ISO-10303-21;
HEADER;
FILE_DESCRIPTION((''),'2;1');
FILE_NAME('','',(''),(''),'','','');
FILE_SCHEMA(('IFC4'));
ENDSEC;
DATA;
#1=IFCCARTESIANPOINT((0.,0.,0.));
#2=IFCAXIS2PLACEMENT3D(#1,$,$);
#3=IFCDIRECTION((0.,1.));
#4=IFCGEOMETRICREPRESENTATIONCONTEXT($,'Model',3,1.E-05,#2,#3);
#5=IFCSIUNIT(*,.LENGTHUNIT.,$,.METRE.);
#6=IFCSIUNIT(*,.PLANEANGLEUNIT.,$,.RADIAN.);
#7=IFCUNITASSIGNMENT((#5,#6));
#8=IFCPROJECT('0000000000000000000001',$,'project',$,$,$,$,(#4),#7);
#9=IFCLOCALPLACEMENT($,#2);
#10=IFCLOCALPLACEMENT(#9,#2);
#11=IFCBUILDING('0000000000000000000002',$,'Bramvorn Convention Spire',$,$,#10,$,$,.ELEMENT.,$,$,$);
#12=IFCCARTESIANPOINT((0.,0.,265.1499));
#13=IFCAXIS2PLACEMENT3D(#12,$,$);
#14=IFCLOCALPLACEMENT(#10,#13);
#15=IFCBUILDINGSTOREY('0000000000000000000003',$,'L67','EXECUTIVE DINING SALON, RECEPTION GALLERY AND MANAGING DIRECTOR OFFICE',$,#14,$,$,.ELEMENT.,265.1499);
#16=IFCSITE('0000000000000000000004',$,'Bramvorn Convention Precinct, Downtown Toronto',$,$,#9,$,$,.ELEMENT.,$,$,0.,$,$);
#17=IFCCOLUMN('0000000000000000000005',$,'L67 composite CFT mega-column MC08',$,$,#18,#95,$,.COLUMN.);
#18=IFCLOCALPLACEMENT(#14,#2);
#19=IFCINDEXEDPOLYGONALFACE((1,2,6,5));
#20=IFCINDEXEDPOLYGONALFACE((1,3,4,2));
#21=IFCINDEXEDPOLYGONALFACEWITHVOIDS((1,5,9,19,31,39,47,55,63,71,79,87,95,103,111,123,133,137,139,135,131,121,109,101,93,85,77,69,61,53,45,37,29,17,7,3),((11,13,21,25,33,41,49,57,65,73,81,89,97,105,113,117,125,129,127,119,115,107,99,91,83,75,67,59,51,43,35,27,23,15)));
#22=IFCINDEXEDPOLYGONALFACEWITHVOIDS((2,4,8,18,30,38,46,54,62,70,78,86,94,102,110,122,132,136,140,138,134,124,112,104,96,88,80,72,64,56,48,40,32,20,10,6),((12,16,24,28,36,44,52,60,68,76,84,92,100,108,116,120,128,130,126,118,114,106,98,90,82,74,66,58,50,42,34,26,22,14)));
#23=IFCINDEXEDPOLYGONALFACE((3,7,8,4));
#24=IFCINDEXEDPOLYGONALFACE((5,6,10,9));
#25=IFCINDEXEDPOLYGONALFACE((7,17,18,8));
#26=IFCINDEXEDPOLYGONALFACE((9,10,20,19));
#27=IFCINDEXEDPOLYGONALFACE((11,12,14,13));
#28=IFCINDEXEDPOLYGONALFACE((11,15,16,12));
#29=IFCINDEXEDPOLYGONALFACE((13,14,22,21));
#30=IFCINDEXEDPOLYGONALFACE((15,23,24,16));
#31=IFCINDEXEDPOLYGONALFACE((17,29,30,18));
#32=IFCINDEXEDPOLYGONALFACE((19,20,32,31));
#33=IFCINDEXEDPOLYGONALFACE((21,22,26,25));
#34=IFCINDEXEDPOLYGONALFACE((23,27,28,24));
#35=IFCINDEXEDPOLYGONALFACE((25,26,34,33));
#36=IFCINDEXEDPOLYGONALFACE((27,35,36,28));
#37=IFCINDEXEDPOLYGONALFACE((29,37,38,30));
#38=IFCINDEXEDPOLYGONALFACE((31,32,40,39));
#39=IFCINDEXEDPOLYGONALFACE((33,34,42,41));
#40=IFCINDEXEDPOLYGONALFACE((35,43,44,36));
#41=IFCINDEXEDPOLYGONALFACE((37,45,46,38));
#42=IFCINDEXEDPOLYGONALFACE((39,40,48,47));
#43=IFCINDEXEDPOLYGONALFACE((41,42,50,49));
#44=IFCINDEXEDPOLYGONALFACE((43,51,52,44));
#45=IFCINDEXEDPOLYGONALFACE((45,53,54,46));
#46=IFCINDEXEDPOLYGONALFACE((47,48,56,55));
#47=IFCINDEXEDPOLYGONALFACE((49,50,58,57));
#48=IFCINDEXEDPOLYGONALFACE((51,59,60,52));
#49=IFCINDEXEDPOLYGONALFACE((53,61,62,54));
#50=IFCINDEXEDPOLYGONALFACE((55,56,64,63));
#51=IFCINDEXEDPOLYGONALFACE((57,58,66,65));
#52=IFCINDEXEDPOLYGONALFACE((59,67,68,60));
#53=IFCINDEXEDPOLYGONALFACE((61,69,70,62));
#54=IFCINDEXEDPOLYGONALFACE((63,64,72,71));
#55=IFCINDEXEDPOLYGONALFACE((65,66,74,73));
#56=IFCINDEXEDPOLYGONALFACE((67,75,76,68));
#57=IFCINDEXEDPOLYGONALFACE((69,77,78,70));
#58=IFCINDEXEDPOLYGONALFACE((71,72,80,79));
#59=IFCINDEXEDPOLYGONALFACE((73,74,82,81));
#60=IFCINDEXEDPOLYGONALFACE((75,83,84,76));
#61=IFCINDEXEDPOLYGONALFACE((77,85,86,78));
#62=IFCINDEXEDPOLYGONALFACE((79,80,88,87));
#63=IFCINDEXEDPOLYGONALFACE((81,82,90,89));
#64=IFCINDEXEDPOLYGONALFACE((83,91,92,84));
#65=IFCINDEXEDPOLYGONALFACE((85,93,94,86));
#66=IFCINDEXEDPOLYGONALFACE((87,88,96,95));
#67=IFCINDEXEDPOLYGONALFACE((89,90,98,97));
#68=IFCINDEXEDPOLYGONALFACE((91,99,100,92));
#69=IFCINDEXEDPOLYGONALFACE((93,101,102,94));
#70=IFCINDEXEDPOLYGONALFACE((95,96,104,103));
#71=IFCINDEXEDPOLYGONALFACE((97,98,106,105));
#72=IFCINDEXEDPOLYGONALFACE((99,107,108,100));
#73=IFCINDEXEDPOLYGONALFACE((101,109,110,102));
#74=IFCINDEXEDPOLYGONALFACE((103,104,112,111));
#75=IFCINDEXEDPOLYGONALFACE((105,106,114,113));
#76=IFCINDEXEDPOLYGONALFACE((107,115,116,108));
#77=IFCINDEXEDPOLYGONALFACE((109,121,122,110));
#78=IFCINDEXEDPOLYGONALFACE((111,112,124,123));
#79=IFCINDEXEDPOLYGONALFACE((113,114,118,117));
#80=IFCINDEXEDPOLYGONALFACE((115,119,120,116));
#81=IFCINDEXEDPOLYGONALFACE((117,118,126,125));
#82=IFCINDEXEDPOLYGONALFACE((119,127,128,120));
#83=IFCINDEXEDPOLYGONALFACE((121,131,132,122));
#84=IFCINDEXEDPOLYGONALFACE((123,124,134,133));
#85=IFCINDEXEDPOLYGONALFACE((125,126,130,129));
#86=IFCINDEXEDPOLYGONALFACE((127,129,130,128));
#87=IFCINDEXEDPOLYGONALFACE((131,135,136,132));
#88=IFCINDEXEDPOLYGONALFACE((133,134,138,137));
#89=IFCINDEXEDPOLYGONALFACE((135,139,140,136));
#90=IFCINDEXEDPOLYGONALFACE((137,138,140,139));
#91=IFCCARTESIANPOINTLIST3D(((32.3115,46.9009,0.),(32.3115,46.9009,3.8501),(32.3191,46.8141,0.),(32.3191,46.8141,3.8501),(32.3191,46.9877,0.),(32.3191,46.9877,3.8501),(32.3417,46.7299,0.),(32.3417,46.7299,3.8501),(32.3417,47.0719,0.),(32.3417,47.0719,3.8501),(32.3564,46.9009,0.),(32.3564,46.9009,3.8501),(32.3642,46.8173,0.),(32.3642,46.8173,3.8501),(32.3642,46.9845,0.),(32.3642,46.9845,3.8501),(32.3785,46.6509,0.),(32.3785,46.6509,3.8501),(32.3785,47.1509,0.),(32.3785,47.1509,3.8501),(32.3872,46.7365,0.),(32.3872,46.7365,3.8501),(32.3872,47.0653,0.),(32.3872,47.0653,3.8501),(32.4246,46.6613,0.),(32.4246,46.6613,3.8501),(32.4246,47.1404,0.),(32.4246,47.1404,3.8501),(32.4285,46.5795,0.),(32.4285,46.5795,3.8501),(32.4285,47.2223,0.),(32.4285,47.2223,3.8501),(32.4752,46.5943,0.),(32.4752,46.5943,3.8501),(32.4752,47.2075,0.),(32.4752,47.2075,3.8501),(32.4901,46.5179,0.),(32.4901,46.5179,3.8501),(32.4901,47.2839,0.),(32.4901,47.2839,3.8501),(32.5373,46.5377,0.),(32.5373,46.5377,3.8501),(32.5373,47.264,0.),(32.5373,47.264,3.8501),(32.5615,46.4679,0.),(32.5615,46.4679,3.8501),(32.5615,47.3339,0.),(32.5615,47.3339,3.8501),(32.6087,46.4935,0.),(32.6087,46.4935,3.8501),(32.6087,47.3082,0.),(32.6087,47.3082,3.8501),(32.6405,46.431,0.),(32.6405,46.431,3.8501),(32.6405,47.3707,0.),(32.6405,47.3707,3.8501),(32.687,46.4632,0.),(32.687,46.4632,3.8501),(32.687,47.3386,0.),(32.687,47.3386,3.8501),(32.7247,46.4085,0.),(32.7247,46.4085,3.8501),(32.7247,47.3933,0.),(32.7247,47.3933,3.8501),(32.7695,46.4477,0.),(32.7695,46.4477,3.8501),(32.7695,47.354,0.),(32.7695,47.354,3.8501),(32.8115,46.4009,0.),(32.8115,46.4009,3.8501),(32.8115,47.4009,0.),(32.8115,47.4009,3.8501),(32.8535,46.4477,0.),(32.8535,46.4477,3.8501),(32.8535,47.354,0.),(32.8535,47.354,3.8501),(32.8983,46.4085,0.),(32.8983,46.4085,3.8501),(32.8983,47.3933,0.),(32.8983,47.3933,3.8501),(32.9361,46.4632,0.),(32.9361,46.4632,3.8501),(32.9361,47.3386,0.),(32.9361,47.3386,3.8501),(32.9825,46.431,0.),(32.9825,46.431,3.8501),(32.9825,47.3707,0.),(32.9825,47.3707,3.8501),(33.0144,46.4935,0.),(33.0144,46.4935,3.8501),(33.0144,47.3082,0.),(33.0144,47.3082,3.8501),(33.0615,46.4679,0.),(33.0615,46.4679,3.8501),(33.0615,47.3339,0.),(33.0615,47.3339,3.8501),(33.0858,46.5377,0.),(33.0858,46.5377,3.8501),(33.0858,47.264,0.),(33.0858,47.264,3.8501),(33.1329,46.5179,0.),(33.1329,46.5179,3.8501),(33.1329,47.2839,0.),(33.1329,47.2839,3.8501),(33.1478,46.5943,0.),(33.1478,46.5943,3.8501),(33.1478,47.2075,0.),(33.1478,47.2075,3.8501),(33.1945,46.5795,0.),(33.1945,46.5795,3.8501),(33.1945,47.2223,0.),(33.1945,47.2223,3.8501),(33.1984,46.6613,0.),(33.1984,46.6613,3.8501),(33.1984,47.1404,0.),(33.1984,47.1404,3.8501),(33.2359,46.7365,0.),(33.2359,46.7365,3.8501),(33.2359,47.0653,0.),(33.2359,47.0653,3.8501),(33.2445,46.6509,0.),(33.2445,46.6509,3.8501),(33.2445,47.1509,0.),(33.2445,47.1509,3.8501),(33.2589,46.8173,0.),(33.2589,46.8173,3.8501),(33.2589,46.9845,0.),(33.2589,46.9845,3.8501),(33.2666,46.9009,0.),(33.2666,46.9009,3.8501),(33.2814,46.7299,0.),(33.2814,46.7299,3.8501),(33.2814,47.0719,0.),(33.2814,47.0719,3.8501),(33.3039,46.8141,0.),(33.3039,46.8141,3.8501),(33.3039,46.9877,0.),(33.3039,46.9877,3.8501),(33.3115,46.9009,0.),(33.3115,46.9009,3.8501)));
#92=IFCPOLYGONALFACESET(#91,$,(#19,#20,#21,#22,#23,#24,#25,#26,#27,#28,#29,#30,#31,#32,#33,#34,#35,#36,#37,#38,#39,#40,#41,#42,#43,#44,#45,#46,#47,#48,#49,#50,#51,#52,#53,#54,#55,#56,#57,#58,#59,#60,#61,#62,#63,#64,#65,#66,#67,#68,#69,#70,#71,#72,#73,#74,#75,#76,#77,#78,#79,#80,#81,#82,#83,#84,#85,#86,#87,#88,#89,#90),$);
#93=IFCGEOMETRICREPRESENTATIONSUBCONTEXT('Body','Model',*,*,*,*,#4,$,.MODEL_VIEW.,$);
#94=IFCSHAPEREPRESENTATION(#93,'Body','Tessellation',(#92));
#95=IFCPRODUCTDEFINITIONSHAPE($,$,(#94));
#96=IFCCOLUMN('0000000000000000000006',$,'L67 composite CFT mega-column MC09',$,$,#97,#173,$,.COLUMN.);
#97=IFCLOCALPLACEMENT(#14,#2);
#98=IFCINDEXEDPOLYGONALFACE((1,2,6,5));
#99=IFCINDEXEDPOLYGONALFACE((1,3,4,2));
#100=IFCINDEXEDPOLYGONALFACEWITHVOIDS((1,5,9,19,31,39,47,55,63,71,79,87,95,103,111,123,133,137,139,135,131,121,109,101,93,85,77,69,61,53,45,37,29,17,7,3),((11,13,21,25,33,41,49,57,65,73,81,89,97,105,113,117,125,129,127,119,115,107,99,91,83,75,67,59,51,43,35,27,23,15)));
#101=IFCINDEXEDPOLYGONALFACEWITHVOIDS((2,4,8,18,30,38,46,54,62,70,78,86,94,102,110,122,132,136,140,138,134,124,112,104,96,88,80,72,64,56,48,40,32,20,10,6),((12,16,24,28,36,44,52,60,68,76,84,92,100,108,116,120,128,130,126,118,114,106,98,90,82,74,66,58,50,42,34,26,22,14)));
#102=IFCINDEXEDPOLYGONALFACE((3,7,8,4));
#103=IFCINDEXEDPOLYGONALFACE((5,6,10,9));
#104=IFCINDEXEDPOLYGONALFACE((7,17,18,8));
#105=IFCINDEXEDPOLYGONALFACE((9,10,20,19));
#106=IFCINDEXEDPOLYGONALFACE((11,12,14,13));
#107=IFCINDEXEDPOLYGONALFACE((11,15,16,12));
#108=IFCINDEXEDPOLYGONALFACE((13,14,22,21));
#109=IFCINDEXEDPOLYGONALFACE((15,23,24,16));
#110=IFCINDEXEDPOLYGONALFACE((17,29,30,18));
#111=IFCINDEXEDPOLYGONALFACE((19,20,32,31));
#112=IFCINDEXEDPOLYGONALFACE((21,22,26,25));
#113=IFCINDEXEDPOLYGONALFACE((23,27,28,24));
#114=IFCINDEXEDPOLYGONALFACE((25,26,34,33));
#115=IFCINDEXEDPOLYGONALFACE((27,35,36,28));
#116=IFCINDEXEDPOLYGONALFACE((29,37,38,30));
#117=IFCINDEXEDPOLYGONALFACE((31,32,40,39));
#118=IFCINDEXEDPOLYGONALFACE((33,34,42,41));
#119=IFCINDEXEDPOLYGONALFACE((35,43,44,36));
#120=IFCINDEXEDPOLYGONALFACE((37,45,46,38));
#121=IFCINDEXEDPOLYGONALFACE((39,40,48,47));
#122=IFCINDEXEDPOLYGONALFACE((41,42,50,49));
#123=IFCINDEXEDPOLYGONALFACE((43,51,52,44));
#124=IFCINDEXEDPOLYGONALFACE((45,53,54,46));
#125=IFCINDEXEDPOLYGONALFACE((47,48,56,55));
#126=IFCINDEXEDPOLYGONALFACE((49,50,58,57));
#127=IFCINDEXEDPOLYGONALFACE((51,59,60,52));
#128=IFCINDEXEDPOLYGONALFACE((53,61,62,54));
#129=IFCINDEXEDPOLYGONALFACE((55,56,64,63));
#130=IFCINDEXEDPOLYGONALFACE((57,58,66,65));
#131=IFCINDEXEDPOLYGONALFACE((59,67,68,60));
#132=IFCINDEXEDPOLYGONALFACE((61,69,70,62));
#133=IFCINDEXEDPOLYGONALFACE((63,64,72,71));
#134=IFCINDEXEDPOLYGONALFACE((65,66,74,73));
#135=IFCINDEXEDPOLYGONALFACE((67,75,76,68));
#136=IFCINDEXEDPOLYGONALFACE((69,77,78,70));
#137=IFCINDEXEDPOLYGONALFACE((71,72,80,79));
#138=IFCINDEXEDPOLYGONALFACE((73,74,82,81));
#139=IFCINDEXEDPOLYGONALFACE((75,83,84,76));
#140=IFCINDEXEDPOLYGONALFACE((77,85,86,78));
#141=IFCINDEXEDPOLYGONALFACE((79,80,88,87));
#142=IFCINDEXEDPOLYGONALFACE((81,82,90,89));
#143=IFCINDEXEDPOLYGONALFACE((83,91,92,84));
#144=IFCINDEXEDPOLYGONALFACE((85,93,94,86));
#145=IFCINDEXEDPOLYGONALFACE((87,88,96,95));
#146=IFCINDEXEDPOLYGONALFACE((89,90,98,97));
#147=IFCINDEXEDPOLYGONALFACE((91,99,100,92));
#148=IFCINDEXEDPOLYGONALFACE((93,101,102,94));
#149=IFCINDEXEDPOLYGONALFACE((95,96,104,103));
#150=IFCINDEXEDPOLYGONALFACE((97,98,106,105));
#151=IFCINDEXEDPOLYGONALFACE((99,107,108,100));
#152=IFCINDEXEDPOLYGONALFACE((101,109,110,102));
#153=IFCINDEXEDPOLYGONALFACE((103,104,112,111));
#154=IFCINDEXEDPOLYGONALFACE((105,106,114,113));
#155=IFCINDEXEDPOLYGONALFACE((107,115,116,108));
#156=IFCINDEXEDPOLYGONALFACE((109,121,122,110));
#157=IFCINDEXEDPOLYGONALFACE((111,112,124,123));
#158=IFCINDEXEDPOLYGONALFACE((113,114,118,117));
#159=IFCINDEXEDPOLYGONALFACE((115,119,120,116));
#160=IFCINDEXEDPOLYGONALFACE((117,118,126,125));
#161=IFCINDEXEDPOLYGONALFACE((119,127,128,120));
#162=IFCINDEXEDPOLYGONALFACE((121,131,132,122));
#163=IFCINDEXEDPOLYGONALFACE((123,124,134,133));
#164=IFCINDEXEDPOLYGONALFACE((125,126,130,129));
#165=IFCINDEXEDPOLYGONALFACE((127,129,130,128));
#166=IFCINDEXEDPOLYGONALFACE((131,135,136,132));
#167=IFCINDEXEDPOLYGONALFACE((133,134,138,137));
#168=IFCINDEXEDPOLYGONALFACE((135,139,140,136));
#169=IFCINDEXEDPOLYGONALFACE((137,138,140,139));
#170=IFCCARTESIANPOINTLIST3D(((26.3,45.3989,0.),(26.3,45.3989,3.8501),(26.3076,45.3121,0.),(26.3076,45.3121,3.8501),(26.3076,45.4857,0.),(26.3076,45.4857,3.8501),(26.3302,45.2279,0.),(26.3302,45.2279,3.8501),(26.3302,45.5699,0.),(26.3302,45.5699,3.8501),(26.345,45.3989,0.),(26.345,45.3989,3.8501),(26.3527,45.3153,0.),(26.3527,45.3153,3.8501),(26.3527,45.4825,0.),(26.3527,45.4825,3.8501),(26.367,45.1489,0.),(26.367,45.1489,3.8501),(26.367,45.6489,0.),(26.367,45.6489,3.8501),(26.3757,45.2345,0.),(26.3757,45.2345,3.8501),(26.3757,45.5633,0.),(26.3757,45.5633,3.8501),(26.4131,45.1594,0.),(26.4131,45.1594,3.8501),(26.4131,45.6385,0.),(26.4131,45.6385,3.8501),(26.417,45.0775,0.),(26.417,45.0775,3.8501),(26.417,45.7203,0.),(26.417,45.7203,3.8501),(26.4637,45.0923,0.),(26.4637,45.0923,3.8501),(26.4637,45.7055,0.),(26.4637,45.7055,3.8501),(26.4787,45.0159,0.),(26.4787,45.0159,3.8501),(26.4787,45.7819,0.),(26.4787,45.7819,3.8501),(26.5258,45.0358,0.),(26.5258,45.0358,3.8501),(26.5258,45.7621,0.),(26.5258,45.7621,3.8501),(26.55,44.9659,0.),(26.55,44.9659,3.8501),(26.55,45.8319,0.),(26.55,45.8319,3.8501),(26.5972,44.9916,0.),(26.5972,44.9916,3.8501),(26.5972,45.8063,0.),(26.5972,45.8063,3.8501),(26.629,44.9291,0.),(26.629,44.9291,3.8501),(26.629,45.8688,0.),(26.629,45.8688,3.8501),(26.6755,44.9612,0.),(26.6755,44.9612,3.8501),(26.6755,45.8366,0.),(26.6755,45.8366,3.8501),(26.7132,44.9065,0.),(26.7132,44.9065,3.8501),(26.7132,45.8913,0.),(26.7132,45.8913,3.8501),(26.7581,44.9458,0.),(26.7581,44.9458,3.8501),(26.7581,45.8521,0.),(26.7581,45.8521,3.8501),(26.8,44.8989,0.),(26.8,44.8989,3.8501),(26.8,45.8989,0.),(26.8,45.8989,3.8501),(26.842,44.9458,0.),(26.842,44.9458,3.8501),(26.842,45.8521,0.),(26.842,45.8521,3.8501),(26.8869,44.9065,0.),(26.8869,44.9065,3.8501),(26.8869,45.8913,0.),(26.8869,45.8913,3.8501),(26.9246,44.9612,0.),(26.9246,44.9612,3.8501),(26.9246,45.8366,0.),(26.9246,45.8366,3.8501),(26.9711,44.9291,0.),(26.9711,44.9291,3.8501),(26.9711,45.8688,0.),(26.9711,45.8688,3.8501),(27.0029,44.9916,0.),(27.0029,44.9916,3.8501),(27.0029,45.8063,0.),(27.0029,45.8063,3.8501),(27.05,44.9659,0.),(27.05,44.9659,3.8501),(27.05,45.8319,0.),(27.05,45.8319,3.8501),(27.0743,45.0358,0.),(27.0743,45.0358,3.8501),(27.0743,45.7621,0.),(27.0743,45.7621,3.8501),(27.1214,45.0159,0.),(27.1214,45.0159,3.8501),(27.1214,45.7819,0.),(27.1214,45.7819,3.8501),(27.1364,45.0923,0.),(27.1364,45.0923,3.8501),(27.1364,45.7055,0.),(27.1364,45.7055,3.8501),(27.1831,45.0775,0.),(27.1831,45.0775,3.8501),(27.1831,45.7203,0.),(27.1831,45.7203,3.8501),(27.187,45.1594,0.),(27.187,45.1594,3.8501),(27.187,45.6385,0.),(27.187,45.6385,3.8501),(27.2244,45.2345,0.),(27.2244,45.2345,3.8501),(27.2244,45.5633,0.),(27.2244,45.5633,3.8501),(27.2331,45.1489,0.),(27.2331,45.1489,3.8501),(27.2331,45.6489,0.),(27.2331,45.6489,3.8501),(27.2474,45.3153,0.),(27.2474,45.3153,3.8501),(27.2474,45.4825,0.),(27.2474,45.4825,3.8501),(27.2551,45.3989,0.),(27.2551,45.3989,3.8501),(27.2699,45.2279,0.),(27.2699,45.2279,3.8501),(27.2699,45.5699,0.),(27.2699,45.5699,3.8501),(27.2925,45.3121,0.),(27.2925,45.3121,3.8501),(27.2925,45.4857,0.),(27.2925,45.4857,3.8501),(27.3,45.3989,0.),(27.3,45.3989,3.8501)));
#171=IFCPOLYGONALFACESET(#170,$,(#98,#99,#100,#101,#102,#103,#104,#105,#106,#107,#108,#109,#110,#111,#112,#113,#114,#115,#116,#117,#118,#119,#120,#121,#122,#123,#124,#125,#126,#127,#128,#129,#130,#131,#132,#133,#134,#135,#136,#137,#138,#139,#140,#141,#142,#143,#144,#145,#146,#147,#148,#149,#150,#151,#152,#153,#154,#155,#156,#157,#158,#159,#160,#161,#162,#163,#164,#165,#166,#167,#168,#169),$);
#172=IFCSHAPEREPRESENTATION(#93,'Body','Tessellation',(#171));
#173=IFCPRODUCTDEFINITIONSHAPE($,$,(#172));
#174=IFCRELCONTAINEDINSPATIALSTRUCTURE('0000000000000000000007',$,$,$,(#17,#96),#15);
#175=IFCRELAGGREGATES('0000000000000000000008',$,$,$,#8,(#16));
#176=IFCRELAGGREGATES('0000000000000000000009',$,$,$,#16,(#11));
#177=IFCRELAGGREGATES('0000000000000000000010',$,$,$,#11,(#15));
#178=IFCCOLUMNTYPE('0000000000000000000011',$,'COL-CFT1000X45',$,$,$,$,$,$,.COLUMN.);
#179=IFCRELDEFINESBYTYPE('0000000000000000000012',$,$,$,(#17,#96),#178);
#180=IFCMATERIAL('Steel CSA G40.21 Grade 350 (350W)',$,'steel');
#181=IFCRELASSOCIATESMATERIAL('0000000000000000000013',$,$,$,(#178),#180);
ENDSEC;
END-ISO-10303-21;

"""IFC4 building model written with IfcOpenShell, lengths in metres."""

from ifc_helpers import new_model, si_unit, direction, frame, origin, origin_2d, place, context, subcontext, project, spatial, hollow_circle, extrude, material, material_profile, profile_set, type_object, element, save


model = new_model("IFC4")

# Units and contexts
model_context = context("Model", 3, precision=1e-05, world=origin(), true_north=direction((0.0, 1.0)))
body_context = subcontext(model_context, "Body", "Model", "MODEL_VIEW")
ifc_project = project(units=[si_unit("LENGTHUNIT", "METRE"), si_unit("PLANEANGLEUNIT", "RADIAN")], contexts=[model_context])

# Site, building, storey
site_placement = place(None, origin())
site = spatial("IfcSite", under=ifc_project, at=site_placement, Name="Bramvorn Convention Precinct, Downtown Toronto", CompositionType="ELEMENT", RefElevation=0.0)
building_placement = place(site_placement, origin())
building = spatial("IfcBuilding", under=site, at=building_placement, Name="Bramvorn Convention Spire", CompositionType="ELEMENT")
storey_placement = place(building_placement, frame((0.0, 0.0, 265.1499)))
storey = spatial("IfcBuildingStorey", under=building, at=storey_placement, Name="L67", Description="EXECUTIVE DINING SALON, RECEPTION GALLERY AND MANAGING DIRECTOR OFFICE", CompositionType="ELEMENT", Elevation=265.1499)

# Columns
ifc_material_1 = material(Name="Steel CSA G40.21 Grade 350 (350W)", Category="steel")
ifc_material_profile_1 = material_profile(ifc_material_1, hollow_circle(Radius=0.5, WallThickness=0.0449, at=origin_2d()))
ifc_profile_set_1 = profile_set([ifc_material_profile_1], Name="Steel CSA G40.21 Grade 350 (350W) - CFT1000X45")
column_type = type_object("IfcColumnType", Name="COL-CFT1000X45", PredefinedType="COLUMN", material=ifc_profile_set_1)
for number, where, z_axis, x_axis, name in (
    (1, (32.8115, 46.9009, 0.0), (0.0, 0.0, 1.0), (1.0, 0.0, 0.0), "L67 composite CFT mega-column MC08"),
    (2, (26.8, 45.3989, 0.0), (0.0, 0.0, 1.0), (1.0, 0.0, 0.0), "L67 composite CFT mega-column MC09"),
):
    element("IfcColumn", number, at=place(storey_placement, frame(where, z_axis=z_axis, x_axis=x_axis)), inside=storey, type_object=column_type, Name=name, PredefinedType="COLUMN", context=body_context, shape_type="SweptSolid", body=[
        extrude(hollow_circle(Radius=0.5, WallThickness=0.0449, at=origin_2d()), origin(), (0.0, 0.0, 1.0), 3.8501),
    ])

save(model, "model.ifc")
